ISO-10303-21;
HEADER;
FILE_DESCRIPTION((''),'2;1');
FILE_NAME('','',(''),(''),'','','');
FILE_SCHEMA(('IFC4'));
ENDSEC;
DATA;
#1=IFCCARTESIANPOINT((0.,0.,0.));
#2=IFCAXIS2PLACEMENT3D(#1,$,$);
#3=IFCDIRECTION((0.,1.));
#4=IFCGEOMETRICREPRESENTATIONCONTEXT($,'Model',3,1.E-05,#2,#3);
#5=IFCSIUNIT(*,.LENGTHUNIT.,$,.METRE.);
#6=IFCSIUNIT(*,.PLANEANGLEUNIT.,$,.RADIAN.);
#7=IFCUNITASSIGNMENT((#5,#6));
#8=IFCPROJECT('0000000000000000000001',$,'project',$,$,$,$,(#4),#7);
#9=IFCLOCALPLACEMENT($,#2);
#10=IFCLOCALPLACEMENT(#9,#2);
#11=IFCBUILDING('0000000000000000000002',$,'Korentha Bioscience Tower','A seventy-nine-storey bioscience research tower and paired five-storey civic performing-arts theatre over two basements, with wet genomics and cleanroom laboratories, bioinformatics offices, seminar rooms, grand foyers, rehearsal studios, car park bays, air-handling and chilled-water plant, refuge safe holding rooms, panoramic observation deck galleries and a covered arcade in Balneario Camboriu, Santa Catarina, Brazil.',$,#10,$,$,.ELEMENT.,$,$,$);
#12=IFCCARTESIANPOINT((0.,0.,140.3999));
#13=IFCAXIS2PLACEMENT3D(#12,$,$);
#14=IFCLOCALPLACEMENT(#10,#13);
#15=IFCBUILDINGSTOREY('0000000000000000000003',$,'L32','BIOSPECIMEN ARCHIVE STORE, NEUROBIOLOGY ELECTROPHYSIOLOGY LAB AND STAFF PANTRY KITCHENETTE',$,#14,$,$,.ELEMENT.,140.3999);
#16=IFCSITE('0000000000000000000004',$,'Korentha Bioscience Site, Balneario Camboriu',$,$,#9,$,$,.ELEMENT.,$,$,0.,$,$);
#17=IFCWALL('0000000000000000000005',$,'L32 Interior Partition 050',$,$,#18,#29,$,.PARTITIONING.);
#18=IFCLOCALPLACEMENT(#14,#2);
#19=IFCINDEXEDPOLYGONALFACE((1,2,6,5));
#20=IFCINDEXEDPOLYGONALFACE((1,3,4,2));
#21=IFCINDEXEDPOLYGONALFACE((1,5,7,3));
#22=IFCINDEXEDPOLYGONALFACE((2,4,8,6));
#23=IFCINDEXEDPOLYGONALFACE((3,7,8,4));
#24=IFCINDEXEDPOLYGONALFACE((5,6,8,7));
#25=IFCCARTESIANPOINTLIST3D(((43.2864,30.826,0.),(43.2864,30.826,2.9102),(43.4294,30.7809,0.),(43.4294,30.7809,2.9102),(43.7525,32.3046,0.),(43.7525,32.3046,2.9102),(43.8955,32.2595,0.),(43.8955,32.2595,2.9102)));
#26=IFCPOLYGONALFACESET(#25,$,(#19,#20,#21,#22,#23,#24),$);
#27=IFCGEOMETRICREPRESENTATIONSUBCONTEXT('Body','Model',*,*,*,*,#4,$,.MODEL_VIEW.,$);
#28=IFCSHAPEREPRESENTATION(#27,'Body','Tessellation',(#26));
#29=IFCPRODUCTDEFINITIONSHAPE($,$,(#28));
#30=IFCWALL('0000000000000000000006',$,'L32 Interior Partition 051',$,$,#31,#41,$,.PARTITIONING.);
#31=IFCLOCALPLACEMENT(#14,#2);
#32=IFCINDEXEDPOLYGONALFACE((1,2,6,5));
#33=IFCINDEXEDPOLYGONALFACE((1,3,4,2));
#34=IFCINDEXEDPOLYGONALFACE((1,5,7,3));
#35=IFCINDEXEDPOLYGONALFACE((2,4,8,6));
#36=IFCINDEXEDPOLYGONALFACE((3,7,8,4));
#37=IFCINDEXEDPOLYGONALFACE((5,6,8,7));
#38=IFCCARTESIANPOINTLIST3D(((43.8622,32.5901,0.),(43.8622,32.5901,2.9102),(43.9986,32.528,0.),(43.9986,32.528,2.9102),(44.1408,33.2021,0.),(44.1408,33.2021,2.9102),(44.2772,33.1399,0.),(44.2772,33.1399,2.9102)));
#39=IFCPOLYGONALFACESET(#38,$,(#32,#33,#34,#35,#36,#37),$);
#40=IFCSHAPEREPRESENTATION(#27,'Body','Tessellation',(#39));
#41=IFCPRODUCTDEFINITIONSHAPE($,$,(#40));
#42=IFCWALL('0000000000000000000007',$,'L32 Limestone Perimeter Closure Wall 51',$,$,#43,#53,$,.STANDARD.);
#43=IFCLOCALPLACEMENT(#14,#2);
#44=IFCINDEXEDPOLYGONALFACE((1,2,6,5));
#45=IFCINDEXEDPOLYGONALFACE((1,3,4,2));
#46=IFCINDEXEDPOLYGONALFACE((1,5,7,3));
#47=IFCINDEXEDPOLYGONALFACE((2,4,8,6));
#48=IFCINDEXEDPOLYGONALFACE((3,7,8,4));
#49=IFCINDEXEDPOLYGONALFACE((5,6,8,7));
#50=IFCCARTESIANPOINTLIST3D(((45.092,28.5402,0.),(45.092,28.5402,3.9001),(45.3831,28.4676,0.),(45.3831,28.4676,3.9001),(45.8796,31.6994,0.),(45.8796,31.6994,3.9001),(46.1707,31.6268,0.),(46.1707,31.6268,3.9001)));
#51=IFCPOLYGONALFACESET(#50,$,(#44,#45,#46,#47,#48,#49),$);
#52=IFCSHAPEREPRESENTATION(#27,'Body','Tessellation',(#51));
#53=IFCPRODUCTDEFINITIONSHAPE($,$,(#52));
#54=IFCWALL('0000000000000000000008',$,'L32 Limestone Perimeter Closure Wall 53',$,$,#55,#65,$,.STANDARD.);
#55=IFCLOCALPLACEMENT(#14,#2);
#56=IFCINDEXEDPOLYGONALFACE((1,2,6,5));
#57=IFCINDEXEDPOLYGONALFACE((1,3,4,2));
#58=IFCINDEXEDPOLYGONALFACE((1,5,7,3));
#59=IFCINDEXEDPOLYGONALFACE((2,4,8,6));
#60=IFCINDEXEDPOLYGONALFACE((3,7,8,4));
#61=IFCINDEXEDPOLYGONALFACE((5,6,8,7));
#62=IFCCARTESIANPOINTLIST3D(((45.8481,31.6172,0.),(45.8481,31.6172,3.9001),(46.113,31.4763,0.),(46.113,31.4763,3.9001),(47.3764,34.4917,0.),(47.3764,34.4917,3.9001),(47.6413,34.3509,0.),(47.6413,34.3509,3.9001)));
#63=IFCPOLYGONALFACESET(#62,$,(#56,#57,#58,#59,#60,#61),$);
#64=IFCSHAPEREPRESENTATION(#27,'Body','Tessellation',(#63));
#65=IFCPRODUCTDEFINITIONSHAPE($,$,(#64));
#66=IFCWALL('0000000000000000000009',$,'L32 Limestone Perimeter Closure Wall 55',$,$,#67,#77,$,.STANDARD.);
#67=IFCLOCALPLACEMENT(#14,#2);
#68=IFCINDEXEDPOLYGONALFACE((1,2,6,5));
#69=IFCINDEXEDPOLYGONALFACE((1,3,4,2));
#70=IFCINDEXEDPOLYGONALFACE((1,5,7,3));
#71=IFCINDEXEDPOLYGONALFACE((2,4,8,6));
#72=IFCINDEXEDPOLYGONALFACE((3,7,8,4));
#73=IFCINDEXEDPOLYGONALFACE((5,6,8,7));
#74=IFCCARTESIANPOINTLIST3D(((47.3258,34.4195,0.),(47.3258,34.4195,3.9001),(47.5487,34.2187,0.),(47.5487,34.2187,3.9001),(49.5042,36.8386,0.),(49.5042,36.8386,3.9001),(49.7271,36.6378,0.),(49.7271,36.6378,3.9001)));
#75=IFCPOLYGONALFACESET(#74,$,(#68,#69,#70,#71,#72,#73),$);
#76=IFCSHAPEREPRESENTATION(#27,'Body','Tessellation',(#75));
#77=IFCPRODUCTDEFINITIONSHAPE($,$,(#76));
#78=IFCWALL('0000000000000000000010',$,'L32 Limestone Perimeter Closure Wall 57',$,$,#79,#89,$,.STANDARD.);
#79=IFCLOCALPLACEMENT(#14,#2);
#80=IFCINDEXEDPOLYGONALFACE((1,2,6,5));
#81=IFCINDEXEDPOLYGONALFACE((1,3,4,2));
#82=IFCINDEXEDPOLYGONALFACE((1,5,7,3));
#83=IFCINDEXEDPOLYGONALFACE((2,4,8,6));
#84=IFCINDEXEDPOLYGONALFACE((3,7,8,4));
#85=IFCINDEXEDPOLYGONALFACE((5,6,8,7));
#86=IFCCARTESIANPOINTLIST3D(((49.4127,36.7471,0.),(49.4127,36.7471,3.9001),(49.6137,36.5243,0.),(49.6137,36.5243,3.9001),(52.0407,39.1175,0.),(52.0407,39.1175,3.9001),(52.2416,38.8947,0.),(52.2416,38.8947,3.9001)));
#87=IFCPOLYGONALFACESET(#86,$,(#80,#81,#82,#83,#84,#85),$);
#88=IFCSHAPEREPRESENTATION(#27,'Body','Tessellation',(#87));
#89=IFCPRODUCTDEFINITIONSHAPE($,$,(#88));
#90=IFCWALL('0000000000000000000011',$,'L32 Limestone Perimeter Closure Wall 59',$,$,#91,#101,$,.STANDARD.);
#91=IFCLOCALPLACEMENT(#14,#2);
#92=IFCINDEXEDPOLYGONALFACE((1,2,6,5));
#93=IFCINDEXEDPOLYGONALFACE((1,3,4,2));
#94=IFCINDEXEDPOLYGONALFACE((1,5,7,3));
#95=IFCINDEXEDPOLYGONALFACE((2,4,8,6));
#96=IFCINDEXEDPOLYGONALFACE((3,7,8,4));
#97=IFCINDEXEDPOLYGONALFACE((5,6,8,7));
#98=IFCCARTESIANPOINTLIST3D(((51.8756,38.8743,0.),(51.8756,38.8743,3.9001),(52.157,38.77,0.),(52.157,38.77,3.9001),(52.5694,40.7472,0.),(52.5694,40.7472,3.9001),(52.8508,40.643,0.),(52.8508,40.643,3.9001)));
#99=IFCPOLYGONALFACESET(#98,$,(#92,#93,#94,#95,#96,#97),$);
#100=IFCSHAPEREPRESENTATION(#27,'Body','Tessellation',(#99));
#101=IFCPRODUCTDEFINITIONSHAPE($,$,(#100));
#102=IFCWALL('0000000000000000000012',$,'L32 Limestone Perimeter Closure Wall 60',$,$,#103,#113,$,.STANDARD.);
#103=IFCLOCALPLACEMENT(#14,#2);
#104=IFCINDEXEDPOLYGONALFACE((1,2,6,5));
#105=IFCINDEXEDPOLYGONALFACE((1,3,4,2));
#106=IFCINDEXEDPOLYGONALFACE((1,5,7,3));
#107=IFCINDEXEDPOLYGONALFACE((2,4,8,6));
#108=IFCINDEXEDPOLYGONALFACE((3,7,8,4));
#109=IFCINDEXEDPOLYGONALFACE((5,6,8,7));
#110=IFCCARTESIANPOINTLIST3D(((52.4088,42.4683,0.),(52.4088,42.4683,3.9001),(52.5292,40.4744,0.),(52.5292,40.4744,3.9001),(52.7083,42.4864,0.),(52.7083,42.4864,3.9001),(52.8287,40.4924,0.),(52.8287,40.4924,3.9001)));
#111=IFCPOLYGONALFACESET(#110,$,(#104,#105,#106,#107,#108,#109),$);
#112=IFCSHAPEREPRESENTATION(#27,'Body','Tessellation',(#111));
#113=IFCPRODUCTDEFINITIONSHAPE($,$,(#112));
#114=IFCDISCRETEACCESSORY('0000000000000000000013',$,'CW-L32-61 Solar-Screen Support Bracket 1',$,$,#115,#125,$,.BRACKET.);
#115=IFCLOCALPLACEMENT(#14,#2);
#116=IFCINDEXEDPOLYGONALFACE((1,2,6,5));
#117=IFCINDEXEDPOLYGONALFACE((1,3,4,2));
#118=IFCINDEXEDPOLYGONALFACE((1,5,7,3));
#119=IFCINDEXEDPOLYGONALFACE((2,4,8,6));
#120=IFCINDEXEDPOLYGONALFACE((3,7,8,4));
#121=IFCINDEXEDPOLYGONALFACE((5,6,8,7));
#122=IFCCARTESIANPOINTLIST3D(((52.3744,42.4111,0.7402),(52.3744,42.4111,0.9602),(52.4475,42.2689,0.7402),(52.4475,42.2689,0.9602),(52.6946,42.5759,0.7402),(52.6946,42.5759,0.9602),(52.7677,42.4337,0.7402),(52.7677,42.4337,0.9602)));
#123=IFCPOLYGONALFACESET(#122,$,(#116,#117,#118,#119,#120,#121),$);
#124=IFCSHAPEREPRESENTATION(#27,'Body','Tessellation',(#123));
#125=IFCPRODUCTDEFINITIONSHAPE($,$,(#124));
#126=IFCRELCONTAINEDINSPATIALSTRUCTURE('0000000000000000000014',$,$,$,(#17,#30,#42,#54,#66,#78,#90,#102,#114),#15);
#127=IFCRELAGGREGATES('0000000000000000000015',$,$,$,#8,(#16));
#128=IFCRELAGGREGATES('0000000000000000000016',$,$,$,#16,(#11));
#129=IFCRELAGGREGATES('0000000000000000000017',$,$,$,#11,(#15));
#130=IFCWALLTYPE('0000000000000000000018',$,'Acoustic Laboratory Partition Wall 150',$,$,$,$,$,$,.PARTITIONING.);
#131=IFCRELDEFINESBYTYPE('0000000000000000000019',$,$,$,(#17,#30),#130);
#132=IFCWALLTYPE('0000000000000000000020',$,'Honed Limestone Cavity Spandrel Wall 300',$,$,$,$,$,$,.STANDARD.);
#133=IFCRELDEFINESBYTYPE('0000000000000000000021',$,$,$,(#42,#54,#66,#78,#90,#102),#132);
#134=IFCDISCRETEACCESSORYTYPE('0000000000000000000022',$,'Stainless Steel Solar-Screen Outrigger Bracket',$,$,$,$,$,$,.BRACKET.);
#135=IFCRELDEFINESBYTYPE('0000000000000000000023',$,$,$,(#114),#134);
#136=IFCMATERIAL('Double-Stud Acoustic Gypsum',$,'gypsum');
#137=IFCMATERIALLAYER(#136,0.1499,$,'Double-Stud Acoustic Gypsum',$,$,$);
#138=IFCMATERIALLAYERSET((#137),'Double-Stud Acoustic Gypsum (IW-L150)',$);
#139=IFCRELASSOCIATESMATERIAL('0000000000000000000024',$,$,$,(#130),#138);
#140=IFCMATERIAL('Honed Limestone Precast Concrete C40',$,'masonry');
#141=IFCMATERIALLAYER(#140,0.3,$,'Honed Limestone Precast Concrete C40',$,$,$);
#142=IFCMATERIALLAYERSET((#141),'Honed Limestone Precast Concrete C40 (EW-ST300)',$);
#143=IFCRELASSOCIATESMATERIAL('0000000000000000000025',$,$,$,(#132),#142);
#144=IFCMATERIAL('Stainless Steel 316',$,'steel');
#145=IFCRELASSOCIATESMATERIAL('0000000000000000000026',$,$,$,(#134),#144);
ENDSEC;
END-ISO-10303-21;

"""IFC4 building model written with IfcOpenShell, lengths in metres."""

from ifc_helpers import new_model, si_unit, direction, frame, frame_2d, origin, origin_2d, place, context, subcontext, project, spatial, rectangle, extrude, material, layer, layer_set, type_object, element, save


model = new_model("IFC4")

# Units and contexts
model_context = context("Model", 3, precision=1e-05, world=origin(), true_north=direction((0.0, 1.0)))
body_context = subcontext(model_context, "Body", "Model", "MODEL_VIEW")
ifc_project = project(units=[si_unit("LENGTHUNIT", "METRE"), si_unit("PLANEANGLEUNIT", "RADIAN")], contexts=[model_context])

# Site, building, storey
site_placement = place(None, origin())
site = spatial("IfcSite", under=ifc_project, at=site_placement, Name="Korentha Bioscience Site, Balneario Camboriu", CompositionType="ELEMENT", RefElevation=0.0)
building_placement = place(site_placement, origin())
building = spatial("IfcBuilding", under=site, at=building_placement, Name="Korentha Bioscience Tower", Description="A seventy-nine-storey bioscience research tower and paired five-storey civic performing-arts theatre over two basements, with wet genomics and cleanroom laboratories, bioinformatics offices, seminar rooms, grand foyers, rehearsal studios, car park bays, air-handling and chilled-water plant, refuge safe holding rooms, panoramic observation deck galleries and a covered arcade in Balneario Camboriu, Santa Catarina, Brazil.", CompositionType="ELEMENT")
storey_placement = place(building_placement, frame((0.0, 0.0, 140.3999)))
storey = spatial("IfcBuildingStorey", under=building, at=storey_placement, Name="L32", Description="BIOSPECIMEN ARCHIVE STORE, NEUROBIOLOGY ELECTROPHYSIOLOGY LAB AND STAFF PANTRY KITCHENETTE", CompositionType="ELEMENT", Elevation=140.3999)

# Shared definitions
ifc_material_1 = material(Name="Double-Stud Acoustic Gypsum", Category="gypsum")
ifc_layer_1 = layer(ifc_material_1, 0.1499, Name="Double-Stud Acoustic Gypsum")
ifc_layer_set_1 = layer_set([ifc_layer_1], Name="Double-Stud Acoustic Gypsum (IW-L150)")
wall_type_1 = type_object("IfcWallType", Name="Acoustic Laboratory Partition Wall 150", PredefinedType="PARTITIONING", material=ifc_layer_set_1)

# Walls
wall_1_placement = place(storey_placement, frame((43.3579, 30.8035, 0.0), z_axis=(0.0, 0.0, 1.0), x_axis=(0.300641, 0.953737, 0.0)))
element("IfcWall", 1, at=wall_1_placement, inside=storey, type_object=wall_type_1, Name="L32 Interior Partition 050", PredefinedType="PARTITIONING", context=body_context, shape_type="SweptSolid", body=[
    extrude(rectangle(XDim=1.5503, YDim=0.1499, at=frame_2d((0.7751, 0.0))), origin(), (0.0, 0.0, 1.0), 2.9102),
])
wall_2_placement = place(storey_placement, frame((43.9304, 32.5591, 0.0), z_axis=(0.0, 0.0, 1.0), x_axis=(0.414377, 0.910105, 0.0)))
element("IfcWall", 2, at=wall_2_placement, inside=storey, type_object=wall_type_1, Name="L32 Interior Partition 051", PredefinedType="PARTITIONING", context=body_context, shape_type="SweptSolid", body=[
    extrude(rectangle(XDim=0.6724, YDim=0.1499, at=frame_2d((0.3362, 0.0))), origin(), (0.0, 0.0, 1.0), 2.9102),
])
ifc_material_2 = material(Name="Honed Limestone Precast Concrete C40", Category="masonry")
ifc_layer_2 = layer(ifc_material_2, 0.3, Name="Honed Limestone Precast Concrete C40")
ifc_layer_set_2 = layer_set([ifc_layer_2], Name="Honed Limestone Precast Concrete C40 (EW-ST300)")
wall_type_2 = type_object("IfcWallType", Name="Honed Limestone Cavity Spandrel Wall 300", PredefinedType="STANDARD", material=ifc_layer_set_2)
wall_3_placement = place(storey_placement, frame((45.2375, 28.5039, 0.0), z_axis=(0.0, 0.0, 1.0), x_axis=(0.2419, 0.970301, 0.0)))
element("IfcWall", 3, at=wall_3_placement, inside=storey, type_object=wall_type_2, Name="L32 Limestone Perimeter Closure Wall 51", PredefinedType="STANDARD", context=body_context, shape_type="SweptSolid", body=[
    extrude(rectangle(XDim=3.2559, YDim=0.3, at=frame_2d((1.6279, 0.0))), origin(), (0.0, 0.0, 1.0), 3.9001),
])
wall_4_placement = place(storey_placement, frame((45.9805, 31.5466, 0.0), z_axis=(0.0, 0.0, 1.0), x_axis=(0.469451, 0.882958, 0.0)))
element("IfcWall", 4, at=wall_4_placement, inside=storey, type_object=wall_type_2, Name="L32 Limestone Perimeter Closure Wall 53", PredefinedType="STANDARD", context=body_context, shape_type="SweptSolid", body=[
    extrude(rectangle(XDim=3.2556, YDim=0.3, at=frame_2d((1.6279, 0.0))), origin(), (0.0, 0.0, 1.0), 3.9001),
])
wall_5_placement = place(storey_placement, frame((47.4373, 34.3191, 0.0), z_axis=(0.0, 0.0, 1.0), x_axis=(0.669168, 0.743111, 0.0)))
element("IfcWall", 5, at=wall_5_placement, inside=storey, type_object=wall_type_2, Name="L32 Limestone Perimeter Closure Wall 55", PredefinedType="STANDARD", context=body_context, shape_type="SweptSolid", body=[
    extrude(rectangle(XDim=3.2554, YDim=0.3, at=frame_2d((1.6277, 0.0))), origin(), (0.0, 0.0, 1.0), 3.9001),
])
wall_6_placement = place(storey_placement, frame((49.5132, 36.6357, 0.0), z_axis=(0.0, 0.0, 1.0), x_axis=(0.74256, 0.66978, 0.0)))
element("IfcWall", 6, at=wall_6_placement, inside=storey, type_object=wall_type_2, Name="L32 Limestone Perimeter Closure Wall 57", PredefinedType="STANDARD", context=body_context, shape_type="SweptSolid", body=[
    extrude(rectangle(XDim=3.5391, YDim=0.3, at=frame_2d((1.7695, 0.0))), origin(), (0.0, 0.0, 1.0), 3.9001),
])
wall_7_placement = place(storey_placement, frame((52.0164, 38.8223, 0.0), z_axis=(0.0, 0.0, 1.0), x_axis=(0.34737, 0.937728, 0.0)))
element("IfcWall", 7, at=wall_7_placement, inside=storey, type_object=wall_type_2, Name="L32 Limestone Perimeter Closure Wall 59", PredefinedType="STANDARD", context=body_context, shape_type="SweptSolid", body=[
    extrude(rectangle(XDim=1.9973, YDim=0.3, at=frame_2d((0.9985, 0.0))), origin(), (0.0, 0.0, 1.0), 3.9001),
])
wall_8_placement = place(storey_placement, frame((52.679, 40.4834, 0.0), z_axis=(0.0, 0.0, 1.0), x_axis=(-0.060255, 0.998183, 0.0)))
element("IfcWall", 8, at=wall_8_placement, inside=storey, type_object=wall_type_2, Name="L32 Limestone Perimeter Closure Wall 60", PredefinedType="STANDARD", context=body_context, shape_type="SweptSolid", body=[
    extrude(rectangle(XDim=1.9976, YDim=0.3, at=frame_2d((0.9988, 0.0))), origin(), (0.0, 0.0, 1.0), 3.9001),
])

# Discrete accessory
ifc_material_3 = material(Name="Stainless Steel 316", Category="steel")
discrete_accessory_type = type_object("IfcDiscreteAccessoryType", Name="Stainless Steel Solar-Screen Outrigger Bracket", PredefinedType="BRACKET", material=ifc_material_3)
discrete_accessory_placement = place(storey_placement, frame((52.571, 42.4224, 0.7402), z_axis=(0.0, 0.0, 1.0), x_axis=(-0.457613, 0.889151, 0.0)))
element("IfcDiscreteAccessory", 9, at=discrete_accessory_placement, inside=storey, type_object=discrete_accessory_type, Name="CW-L32-61 Solar-Screen Support Bracket 1", PredefinedType="BRACKET", context=body_context, shape_type="SweptSolid", body=[
    extrude(rectangle(XDim=0.1599, YDim=0.3601, at=origin_2d()), origin(), (0.0, 0.0, 1.0), 0.22),
])

save(model, "model.ifc")
